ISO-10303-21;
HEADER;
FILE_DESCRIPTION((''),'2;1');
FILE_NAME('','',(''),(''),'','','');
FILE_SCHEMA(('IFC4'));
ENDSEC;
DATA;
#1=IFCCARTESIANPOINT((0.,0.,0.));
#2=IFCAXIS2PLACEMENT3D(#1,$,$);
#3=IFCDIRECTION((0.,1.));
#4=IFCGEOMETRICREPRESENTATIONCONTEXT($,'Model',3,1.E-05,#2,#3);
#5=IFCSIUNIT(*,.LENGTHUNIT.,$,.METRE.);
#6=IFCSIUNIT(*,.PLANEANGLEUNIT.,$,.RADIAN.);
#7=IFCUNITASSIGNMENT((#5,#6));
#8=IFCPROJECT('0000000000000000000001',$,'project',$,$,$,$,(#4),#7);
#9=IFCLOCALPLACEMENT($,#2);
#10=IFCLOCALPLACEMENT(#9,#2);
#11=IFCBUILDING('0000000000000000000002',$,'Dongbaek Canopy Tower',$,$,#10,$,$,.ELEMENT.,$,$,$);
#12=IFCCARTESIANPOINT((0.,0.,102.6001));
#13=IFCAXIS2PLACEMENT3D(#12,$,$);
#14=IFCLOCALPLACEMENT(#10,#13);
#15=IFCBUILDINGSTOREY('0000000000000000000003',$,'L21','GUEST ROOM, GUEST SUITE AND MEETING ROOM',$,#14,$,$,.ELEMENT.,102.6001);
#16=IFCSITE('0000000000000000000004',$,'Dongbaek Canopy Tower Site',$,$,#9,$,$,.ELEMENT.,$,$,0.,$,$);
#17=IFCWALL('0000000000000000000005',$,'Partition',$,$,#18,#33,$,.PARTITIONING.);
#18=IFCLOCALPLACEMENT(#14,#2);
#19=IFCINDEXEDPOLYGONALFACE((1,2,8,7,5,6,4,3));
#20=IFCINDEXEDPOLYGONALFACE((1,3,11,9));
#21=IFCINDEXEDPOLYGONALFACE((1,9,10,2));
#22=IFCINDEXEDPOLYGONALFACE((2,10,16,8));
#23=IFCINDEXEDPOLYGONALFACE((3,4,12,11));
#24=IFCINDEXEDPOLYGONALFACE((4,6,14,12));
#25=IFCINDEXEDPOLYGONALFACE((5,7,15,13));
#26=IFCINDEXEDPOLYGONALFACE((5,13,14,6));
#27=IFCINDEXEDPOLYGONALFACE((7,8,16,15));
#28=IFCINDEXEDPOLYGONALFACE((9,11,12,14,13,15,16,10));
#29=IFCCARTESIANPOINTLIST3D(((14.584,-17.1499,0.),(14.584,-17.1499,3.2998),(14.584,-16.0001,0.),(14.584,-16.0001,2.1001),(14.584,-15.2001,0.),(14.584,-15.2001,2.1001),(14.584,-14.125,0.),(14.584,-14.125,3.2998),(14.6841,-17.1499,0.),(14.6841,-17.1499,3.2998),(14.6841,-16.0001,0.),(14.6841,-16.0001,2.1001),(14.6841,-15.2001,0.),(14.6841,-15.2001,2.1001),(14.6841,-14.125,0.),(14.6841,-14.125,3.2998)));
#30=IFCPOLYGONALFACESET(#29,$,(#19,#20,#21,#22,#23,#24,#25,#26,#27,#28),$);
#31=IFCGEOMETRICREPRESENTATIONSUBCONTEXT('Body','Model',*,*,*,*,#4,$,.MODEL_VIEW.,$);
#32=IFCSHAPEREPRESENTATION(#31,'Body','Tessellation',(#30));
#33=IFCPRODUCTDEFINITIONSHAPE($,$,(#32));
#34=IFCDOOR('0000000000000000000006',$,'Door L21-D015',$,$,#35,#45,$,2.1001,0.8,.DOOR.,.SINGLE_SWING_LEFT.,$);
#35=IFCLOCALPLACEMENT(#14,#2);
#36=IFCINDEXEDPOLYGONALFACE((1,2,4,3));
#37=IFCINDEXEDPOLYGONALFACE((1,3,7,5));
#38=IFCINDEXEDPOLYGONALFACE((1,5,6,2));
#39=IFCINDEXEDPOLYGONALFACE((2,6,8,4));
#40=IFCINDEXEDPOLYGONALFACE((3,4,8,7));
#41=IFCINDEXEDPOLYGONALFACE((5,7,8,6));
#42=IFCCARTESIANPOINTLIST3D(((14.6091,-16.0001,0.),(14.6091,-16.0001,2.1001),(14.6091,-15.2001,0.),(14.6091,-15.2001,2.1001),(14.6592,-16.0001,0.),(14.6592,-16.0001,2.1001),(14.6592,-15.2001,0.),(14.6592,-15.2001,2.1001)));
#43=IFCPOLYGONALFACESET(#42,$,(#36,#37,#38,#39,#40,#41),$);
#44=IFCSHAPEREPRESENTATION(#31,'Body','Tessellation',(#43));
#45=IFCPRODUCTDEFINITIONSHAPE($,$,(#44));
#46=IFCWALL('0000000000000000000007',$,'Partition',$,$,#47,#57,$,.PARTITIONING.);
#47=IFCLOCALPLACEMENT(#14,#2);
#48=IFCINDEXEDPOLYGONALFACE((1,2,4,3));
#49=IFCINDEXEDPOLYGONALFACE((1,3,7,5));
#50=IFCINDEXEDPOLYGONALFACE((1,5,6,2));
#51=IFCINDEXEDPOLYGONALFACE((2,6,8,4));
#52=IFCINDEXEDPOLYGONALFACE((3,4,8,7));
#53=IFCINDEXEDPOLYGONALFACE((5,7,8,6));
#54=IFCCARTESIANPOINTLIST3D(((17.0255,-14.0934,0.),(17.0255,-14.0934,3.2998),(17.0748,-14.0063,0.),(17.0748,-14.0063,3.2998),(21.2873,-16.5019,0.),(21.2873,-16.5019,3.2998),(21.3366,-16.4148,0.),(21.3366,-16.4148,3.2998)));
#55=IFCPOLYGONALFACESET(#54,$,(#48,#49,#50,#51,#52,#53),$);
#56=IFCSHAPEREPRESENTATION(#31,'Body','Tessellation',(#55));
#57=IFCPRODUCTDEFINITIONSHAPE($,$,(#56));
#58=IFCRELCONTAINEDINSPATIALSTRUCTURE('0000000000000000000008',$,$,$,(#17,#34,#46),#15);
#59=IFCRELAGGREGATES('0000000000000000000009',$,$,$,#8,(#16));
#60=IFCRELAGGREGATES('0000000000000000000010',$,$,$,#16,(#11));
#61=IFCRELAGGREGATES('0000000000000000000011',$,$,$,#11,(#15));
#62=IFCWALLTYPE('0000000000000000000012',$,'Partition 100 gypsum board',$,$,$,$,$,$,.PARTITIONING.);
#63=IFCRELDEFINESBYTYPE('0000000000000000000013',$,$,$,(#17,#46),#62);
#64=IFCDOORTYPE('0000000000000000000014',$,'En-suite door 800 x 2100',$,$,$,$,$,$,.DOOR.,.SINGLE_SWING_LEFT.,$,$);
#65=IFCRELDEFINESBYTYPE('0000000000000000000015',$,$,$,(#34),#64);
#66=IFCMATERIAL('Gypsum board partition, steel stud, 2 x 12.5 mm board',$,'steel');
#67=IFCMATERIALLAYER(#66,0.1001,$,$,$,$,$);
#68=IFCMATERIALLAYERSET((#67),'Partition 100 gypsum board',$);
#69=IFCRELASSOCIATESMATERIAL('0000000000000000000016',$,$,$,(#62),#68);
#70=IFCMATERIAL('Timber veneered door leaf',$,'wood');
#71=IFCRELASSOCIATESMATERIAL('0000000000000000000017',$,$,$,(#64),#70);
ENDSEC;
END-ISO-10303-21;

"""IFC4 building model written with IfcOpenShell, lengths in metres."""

from ifc_helpers import new_model, si_unit, direction, frame, frame_2d, origin, place, context, subcontext, project, spatial, rectangle, extrude, material, layer, layer_set, type_object, element, fill, save


model = new_model("IFC4")

# Units and contexts
model_context = context("Model", 3, precision=1e-05, world=origin(), true_north=direction((0.0, 1.0)))
body_context = subcontext(model_context, "Body", "Model", "MODEL_VIEW")
ifc_project = project(units=[si_unit("LENGTHUNIT", "METRE"), si_unit("PLANEANGLEUNIT", "RADIAN")], contexts=[model_context])

# Site, building, storey
site_placement = place(None, origin())
site = spatial("IfcSite", under=ifc_project, at=site_placement, Name="Dongbaek Canopy Tower Site", CompositionType="ELEMENT", RefElevation=0.0)
building_placement = place(site_placement, origin())
building = spatial("IfcBuilding", under=site, at=building_placement, Name="Dongbaek Canopy Tower", CompositionType="ELEMENT")
storey_placement = place(building_placement, frame((0.0, 0.0, 102.6001)))
storey = spatial("IfcBuildingStorey", under=building, at=storey_placement, Name="L21", Description="GUEST ROOM, GUEST SUITE AND MEETING ROOM", CompositionType="ELEMENT", Elevation=102.6001)

# Wall, opening, door
ifc_material_1 = material(Name="Gypsum board partition, steel stud, 2 x 12.5 mm board", Category="steel")
ifc_layer_1 = layer(ifc_material_1, 0.1001)
ifc_layer_set_1 = layer_set([ifc_layer_1], Name="Partition 100 gypsum board")
wall_type_1 = type_object("IfcWallType", Name="Partition 100 gypsum board", PredefinedType="PARTITIONING", material=ifc_layer_set_1)
wall_1_placement = place(storey_placement, frame((14.634, -17.1499, 0.0), z_axis=(0.0, 0.0, 1.0), x_axis=(0.0, 1.0, 0.0)))
wall_1 = element("IfcWall", 1, at=wall_1_placement, inside=storey, type_object=wall_type_1, Name="Partition", PredefinedType="PARTITIONING", context=body_context, shape_type="SweptSolid", body=[
    extrude(rectangle(XDim=3.0249, YDim=0.1001, at=frame_2d((1.5125, 0.0))), origin(), (0.0, 0.0, 1.0), 3.2998),
])
opening_1_placement = place(wall_1_placement, frame((1.1499, 0.0, 0.0)))
opening_1 = element("IfcOpeningElement", 2, at=opening_1_placement, cuts=wall_1, PredefinedType="OPENING", context=body_context, shape_type="SweptSolid", body=[
    extrude(rectangle(XDim=0.8, YDim=2.1001, at=frame_2d((0.3999, 1.05))), frame((0.0, 0.0601, 0.0), z_axis=(0.0, -1.0, 0.0), x_axis=(1.0, 0.0, 0.0)), (0.0, 0.0, 1.0), 0.1201),
])
ifc_material_2 = material(Name="Timber veneered door leaf", Category="wood")
door_type_1 = type_object("IfcDoorType", Name="En-suite door 800 x 2100", OperationType="SINGLE_SWING_LEFT", PredefinedType="DOOR", material=ifc_material_2)
door_1_placement = place(opening_1_placement, origin())
door_1 = element("IfcDoor", 3, at=door_1_placement, inside=storey, type_object=door_type_1, Name="Door L21-D015", OperationType="SINGLE_SWING_LEFT", OverallHeight=2.1001, OverallWidth=0.8, PredefinedType="DOOR", context=body_context, shape_type="SweptSolid", body=[
    extrude(rectangle(XDim=0.8, YDim=2.1001, at=frame_2d((0.3999, 1.05))), frame((0.0, 0.0249, 0.0), z_axis=(0.0, -1.0, 0.0), x_axis=(1.0, 0.0, 0.0)), (0.0, 0.0, 1.0), 0.05),
])
fill(opening_1, door_1)

# Wall
wall_2_placement = place(storey_placement, frame((17.05, -14.0498, 0.0), z_axis=(0.0, 0.0, 1.0), x_axis=(0.870593, -0.492003, 0.0)))
element("IfcWall", 4, at=wall_2_placement, inside=storey, type_object=wall_type_1, Name="Partition", PredefinedType="PARTITIONING", context=body_context, shape_type="SweptSolid", body=[
    extrude(rectangle(XDim=4.8953, YDim=0.1001, at=frame_2d((2.4478, 0.0))), origin(), (0.0, 0.0, 1.0), 3.2998),
])

save(model, "model.ifc")
